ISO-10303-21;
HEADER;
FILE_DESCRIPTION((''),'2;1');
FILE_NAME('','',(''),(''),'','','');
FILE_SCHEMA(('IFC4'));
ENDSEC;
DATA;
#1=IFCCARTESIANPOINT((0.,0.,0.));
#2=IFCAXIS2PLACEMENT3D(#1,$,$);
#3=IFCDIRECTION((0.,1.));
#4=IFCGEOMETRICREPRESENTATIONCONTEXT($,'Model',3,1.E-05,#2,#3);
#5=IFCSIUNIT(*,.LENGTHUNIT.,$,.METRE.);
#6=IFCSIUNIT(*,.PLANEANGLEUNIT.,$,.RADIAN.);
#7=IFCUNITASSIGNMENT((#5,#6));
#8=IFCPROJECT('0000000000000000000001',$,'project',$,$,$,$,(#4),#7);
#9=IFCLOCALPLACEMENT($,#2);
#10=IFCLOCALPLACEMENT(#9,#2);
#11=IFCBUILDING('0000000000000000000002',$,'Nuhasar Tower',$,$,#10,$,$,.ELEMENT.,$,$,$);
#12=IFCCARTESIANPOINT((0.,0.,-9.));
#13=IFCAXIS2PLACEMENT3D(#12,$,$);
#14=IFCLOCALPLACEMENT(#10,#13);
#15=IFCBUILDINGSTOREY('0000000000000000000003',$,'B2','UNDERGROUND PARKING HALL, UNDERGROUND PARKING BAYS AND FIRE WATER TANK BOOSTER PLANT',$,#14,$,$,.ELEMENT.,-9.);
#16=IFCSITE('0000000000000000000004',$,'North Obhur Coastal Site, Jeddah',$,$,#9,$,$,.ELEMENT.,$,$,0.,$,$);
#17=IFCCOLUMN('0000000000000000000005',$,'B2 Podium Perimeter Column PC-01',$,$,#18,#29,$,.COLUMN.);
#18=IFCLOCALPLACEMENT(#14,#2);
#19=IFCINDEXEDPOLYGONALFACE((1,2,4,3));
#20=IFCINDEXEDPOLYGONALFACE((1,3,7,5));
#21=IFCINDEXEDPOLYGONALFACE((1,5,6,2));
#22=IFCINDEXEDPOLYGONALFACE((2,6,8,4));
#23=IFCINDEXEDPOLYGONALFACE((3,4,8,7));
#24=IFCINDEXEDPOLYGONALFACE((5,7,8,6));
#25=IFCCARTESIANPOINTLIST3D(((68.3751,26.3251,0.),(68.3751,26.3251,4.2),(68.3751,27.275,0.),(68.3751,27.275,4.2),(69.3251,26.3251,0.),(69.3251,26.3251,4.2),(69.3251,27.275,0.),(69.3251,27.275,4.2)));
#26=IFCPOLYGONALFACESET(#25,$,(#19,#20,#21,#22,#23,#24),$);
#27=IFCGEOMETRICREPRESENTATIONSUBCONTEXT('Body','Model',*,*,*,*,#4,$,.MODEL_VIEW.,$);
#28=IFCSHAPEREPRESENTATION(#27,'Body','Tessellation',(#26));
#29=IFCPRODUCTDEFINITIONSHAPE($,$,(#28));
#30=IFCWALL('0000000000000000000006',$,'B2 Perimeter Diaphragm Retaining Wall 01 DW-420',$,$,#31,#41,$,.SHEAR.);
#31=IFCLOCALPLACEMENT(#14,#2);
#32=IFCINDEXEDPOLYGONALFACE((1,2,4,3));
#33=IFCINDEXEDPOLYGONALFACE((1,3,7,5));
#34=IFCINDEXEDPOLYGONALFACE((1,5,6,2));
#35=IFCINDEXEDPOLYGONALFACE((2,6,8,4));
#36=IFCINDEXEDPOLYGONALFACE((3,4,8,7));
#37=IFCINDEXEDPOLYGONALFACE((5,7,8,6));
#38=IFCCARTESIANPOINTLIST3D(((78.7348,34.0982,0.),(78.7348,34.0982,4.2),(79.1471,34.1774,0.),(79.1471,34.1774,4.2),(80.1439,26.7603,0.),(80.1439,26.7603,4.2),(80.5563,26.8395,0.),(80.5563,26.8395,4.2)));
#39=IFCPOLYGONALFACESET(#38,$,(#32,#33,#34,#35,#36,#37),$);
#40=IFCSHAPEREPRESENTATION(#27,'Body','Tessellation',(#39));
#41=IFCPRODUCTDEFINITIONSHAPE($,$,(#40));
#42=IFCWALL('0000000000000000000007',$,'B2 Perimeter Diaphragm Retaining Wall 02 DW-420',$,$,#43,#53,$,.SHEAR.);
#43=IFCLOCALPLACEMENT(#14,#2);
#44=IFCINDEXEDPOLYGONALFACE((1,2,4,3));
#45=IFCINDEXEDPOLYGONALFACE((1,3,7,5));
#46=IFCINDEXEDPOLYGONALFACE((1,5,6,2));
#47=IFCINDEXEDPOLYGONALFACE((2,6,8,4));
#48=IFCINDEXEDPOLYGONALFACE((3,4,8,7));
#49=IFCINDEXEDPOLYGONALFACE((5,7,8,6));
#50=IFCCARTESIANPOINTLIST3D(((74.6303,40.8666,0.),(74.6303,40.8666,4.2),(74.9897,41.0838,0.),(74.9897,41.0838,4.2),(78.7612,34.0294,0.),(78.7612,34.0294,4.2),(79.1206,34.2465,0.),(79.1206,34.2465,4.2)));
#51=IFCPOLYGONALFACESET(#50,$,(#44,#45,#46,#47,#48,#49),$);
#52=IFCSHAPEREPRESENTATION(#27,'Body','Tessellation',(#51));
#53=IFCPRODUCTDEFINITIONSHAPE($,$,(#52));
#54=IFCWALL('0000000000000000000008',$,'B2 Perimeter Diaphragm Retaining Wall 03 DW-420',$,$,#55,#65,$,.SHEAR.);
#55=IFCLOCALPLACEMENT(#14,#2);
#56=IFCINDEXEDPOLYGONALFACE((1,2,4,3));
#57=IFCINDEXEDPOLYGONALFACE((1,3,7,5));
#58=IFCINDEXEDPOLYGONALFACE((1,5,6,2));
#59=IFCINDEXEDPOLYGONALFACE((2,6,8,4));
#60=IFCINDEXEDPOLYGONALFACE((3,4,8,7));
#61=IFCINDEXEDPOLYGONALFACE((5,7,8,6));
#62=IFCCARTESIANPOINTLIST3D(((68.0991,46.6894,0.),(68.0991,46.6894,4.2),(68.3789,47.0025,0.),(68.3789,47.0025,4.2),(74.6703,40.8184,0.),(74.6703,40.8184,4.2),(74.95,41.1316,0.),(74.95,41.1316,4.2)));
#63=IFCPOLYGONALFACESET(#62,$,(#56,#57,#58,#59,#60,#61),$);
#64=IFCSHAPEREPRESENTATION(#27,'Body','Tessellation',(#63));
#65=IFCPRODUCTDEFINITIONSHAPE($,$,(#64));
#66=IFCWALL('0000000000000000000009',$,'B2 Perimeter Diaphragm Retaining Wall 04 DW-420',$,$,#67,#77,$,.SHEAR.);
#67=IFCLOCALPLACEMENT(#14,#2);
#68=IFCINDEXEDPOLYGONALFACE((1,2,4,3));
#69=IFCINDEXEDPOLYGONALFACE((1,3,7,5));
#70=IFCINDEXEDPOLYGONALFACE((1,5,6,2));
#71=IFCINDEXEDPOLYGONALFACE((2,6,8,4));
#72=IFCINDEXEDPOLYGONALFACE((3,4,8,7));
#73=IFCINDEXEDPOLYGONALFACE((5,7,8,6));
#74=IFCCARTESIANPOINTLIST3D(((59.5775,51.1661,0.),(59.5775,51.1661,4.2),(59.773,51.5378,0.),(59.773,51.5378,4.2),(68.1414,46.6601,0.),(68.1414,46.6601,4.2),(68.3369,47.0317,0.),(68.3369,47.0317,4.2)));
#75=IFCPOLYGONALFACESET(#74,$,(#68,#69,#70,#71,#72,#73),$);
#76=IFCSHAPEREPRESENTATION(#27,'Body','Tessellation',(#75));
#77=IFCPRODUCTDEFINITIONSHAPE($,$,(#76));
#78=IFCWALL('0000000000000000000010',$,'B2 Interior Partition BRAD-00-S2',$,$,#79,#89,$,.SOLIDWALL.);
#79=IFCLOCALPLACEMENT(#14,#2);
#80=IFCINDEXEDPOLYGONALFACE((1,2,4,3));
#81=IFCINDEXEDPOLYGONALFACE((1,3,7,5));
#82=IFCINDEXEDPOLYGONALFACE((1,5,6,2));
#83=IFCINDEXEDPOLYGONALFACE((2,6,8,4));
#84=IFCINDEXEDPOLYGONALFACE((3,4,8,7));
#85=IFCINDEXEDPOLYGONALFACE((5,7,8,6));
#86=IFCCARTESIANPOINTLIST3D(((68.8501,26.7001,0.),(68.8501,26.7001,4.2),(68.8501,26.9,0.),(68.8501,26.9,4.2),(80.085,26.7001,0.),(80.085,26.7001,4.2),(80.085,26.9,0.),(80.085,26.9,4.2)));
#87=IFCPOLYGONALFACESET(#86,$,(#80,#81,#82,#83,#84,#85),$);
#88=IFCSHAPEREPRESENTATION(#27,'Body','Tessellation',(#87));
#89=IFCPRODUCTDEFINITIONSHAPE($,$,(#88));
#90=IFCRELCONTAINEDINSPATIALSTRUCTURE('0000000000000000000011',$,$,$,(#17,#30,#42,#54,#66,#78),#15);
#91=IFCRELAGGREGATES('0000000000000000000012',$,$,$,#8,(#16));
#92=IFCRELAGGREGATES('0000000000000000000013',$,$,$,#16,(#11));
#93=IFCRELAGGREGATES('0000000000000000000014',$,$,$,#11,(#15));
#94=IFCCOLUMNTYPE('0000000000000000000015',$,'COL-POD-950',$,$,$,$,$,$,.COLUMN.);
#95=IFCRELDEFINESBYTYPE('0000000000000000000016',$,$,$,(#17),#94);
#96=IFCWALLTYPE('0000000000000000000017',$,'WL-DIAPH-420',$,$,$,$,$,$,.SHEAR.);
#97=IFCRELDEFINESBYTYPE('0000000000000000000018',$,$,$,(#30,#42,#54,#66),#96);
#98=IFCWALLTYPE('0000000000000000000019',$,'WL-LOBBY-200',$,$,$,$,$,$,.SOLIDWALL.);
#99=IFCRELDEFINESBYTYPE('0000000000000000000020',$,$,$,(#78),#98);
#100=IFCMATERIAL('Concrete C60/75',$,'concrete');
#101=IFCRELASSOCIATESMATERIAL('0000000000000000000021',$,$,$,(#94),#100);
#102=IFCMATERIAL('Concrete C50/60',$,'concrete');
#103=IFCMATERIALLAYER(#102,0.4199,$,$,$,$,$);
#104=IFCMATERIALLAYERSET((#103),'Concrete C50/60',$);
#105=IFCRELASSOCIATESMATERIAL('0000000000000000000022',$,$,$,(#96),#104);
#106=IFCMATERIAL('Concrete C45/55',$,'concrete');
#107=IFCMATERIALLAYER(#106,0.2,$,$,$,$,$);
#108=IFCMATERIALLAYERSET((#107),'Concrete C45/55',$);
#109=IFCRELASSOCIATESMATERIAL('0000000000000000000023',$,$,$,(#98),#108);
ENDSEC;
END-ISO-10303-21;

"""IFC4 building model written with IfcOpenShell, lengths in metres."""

from ifc_helpers import new_model, si_unit, direction, frame, frame_2d, origin, origin_2d, place, context, subcontext, project, spatial, rectangle, extrude, material, layer, layer_set, material_profile, profile_set, type_object, element, save


model = new_model("IFC4")

# Units and contexts
model_context = context("Model", 3, precision=1e-05, world=origin(), true_north=direction((0.0, 1.0)))
body_context = subcontext(model_context, "Body", "Model", "MODEL_VIEW")
ifc_project = project(units=[si_unit("LENGTHUNIT", "METRE"), si_unit("PLANEANGLEUNIT", "RADIAN")], contexts=[model_context])

# Site, building, storey
site_placement = place(None, origin())
site = spatial("IfcSite", under=ifc_project, at=site_placement, Name="North Obhur Coastal Site, Jeddah", CompositionType="ELEMENT", RefElevation=0.0)
building_placement = place(site_placement, origin())
building = spatial("IfcBuilding", under=site, at=building_placement, Name="Nuhasar Tower", CompositionType="ELEMENT")
storey_placement = place(building_placement, frame((0.0, 0.0, -9.0)))
storey = spatial("IfcBuildingStorey", under=building, at=storey_placement, Name="B2", Description="UNDERGROUND PARKING HALL, UNDERGROUND PARKING BAYS AND FIRE WATER TANK BOOSTER PLANT", CompositionType="ELEMENT", Elevation=-9.0)

# Shared definitions
ifc_material_1 = material(Name="Concrete C50/60", Category="concrete")

# Column
ifc_material_2 = material(Name="Concrete C60/75", Category="concrete")
ifc_material_profile_1 = material_profile(ifc_material_2, rectangle(XDim=0.95, YDim=0.95, at=origin_2d()), Name="RC950X950")
ifc_profile_set_1 = profile_set([ifc_material_profile_1], Name="Concrete C60/75")
column_type_1 = type_object("IfcColumnType", Name="COL-POD-950", PredefinedType="COLUMN", material=ifc_profile_set_1)
column_1_placement = place(storey_placement, frame((68.8501, 26.8, 0.0), z_axis=(0.0, 0.0, 1.0), x_axis=(1.0, 0.0, 0.0)))
element("IfcColumn", 1, at=column_1_placement, inside=storey, type_object=column_type_1, Name="B2 Podium Perimeter Column PC-01", PredefinedType="COLUMN", context=body_context, shape_type="SweptSolid", body=[
    extrude(rectangle(XDim=0.95, YDim=0.95, at=origin_2d()), origin(), (0.0, 0.0, 1.0), 4.2),
])

# Walls
ifc_layer_1 = layer(ifc_material_1, 0.4199)
ifc_layer_set_1 = layer_set([ifc_layer_1], Name="Concrete C50/60")
wall_type_1 = type_object("IfcWallType", Name="WL-DIAPH-420", PredefinedType="SHEAR", material=ifc_layer_set_1)
wall_1_placement = place(storey_placement, frame((80.3501, 26.8, 0.0), z_axis=(0.0, 0.0, 1.0), x_axis=(-0.188595, 0.982055, 0.0)))
element("IfcWall", 2, at=wall_1_placement, inside=storey, type_object=wall_type_1, Name="B2 Perimeter Diaphragm Retaining Wall 01 DW-420", PredefinedType="SHEAR", context=body_context, shape_type="SweptSolid", body=[
    extrude(rectangle(XDim=7.4719, YDim=0.4199, at=frame_2d((3.7358, 0.0))), origin(), (0.0, 0.0, 1.0), 4.2),
])
wall_2_placement = place(storey_placement, frame((78.9409, 34.1379, 0.0), z_axis=(0.0, 0.0, 1.0), x_axis=(-0.517123, 0.855911, 0.0)))
element("IfcWall", 3, at=wall_2_placement, inside=storey, type_object=wall_type_1, Name="B2 Perimeter Diaphragm Retaining Wall 02 DW-420", PredefinedType="SHEAR", context=body_context, shape_type="SweptSolid", body=[
    extrude(rectangle(XDim=7.9883, YDim=0.4199, at=frame_2d((3.9941, 0.0))), origin(), (0.0, 0.0, 1.0), 4.2),
])
wall_3_placement = place(storey_placement, frame((74.8101, 40.9751, 0.0), z_axis=(0.0, 0.0, 1.0), x_axis=(-0.745721, 0.666259, 0.0)))
element("IfcWall", 4, at=wall_3_placement, inside=storey, type_object=wall_type_1, Name="B2 Perimeter Diaphragm Retaining Wall 03 DW-420", PredefinedType="SHEAR", context=body_context, shape_type="SweptSolid", body=[
    extrude(rectangle(XDim=8.8118, YDim=0.4199, at=frame_2d((4.4058, 0.0))), origin(), (0.0, 0.0, 1.0), 4.2),
])
wall_4_placement = place(storey_placement, frame((68.239, 46.8459, 0.0), z_axis=(0.0, 0.0, 1.0), x_axis=(-0.884971, 0.465646, 0.0)))
element("IfcWall", 5, at=wall_4_placement, inside=storey, type_object=wall_type_1, Name="B2 Perimeter Diaphragm Retaining Wall 04 DW-420", PredefinedType="SHEAR", context=body_context, shape_type="SweptSolid", body=[
    extrude(rectangle(XDim=9.677, YDim=0.4199, at=frame_2d((4.8384, 0.0))), origin(), (0.0, 0.0, 1.0), 4.2),
])
ifc_material_3 = material(Name="Concrete C45/55", Category="concrete")
ifc_layer_2 = layer(ifc_material_3, 0.2)
ifc_layer_set_2 = layer_set([ifc_layer_2], Name="Concrete C45/55")
wall_type_2 = type_object("IfcWallType", Name="WL-LOBBY-200", PredefinedType="SOLIDWALL", material=ifc_layer_set_2)
wall_5_placement = place(storey_placement, frame((68.8501, 26.8, 0.0), z_axis=(0.0, 0.0, 1.0), x_axis=(1.0, 0.0, 0.0)))
element("IfcWall", 6, at=wall_5_placement, inside=storey, type_object=wall_type_2, Name="B2 Interior Partition BRAD-00-S2", PredefinedType="SOLIDWALL", context=body_context, shape_type="SweptSolid", body=[
    extrude(rectangle(XDim=11.2349, YDim=0.2, at=frame_2d((5.6174, 0.0))), origin(), (0.0, 0.0, 1.0), 4.2),
])

save(model, "model.ifc")
